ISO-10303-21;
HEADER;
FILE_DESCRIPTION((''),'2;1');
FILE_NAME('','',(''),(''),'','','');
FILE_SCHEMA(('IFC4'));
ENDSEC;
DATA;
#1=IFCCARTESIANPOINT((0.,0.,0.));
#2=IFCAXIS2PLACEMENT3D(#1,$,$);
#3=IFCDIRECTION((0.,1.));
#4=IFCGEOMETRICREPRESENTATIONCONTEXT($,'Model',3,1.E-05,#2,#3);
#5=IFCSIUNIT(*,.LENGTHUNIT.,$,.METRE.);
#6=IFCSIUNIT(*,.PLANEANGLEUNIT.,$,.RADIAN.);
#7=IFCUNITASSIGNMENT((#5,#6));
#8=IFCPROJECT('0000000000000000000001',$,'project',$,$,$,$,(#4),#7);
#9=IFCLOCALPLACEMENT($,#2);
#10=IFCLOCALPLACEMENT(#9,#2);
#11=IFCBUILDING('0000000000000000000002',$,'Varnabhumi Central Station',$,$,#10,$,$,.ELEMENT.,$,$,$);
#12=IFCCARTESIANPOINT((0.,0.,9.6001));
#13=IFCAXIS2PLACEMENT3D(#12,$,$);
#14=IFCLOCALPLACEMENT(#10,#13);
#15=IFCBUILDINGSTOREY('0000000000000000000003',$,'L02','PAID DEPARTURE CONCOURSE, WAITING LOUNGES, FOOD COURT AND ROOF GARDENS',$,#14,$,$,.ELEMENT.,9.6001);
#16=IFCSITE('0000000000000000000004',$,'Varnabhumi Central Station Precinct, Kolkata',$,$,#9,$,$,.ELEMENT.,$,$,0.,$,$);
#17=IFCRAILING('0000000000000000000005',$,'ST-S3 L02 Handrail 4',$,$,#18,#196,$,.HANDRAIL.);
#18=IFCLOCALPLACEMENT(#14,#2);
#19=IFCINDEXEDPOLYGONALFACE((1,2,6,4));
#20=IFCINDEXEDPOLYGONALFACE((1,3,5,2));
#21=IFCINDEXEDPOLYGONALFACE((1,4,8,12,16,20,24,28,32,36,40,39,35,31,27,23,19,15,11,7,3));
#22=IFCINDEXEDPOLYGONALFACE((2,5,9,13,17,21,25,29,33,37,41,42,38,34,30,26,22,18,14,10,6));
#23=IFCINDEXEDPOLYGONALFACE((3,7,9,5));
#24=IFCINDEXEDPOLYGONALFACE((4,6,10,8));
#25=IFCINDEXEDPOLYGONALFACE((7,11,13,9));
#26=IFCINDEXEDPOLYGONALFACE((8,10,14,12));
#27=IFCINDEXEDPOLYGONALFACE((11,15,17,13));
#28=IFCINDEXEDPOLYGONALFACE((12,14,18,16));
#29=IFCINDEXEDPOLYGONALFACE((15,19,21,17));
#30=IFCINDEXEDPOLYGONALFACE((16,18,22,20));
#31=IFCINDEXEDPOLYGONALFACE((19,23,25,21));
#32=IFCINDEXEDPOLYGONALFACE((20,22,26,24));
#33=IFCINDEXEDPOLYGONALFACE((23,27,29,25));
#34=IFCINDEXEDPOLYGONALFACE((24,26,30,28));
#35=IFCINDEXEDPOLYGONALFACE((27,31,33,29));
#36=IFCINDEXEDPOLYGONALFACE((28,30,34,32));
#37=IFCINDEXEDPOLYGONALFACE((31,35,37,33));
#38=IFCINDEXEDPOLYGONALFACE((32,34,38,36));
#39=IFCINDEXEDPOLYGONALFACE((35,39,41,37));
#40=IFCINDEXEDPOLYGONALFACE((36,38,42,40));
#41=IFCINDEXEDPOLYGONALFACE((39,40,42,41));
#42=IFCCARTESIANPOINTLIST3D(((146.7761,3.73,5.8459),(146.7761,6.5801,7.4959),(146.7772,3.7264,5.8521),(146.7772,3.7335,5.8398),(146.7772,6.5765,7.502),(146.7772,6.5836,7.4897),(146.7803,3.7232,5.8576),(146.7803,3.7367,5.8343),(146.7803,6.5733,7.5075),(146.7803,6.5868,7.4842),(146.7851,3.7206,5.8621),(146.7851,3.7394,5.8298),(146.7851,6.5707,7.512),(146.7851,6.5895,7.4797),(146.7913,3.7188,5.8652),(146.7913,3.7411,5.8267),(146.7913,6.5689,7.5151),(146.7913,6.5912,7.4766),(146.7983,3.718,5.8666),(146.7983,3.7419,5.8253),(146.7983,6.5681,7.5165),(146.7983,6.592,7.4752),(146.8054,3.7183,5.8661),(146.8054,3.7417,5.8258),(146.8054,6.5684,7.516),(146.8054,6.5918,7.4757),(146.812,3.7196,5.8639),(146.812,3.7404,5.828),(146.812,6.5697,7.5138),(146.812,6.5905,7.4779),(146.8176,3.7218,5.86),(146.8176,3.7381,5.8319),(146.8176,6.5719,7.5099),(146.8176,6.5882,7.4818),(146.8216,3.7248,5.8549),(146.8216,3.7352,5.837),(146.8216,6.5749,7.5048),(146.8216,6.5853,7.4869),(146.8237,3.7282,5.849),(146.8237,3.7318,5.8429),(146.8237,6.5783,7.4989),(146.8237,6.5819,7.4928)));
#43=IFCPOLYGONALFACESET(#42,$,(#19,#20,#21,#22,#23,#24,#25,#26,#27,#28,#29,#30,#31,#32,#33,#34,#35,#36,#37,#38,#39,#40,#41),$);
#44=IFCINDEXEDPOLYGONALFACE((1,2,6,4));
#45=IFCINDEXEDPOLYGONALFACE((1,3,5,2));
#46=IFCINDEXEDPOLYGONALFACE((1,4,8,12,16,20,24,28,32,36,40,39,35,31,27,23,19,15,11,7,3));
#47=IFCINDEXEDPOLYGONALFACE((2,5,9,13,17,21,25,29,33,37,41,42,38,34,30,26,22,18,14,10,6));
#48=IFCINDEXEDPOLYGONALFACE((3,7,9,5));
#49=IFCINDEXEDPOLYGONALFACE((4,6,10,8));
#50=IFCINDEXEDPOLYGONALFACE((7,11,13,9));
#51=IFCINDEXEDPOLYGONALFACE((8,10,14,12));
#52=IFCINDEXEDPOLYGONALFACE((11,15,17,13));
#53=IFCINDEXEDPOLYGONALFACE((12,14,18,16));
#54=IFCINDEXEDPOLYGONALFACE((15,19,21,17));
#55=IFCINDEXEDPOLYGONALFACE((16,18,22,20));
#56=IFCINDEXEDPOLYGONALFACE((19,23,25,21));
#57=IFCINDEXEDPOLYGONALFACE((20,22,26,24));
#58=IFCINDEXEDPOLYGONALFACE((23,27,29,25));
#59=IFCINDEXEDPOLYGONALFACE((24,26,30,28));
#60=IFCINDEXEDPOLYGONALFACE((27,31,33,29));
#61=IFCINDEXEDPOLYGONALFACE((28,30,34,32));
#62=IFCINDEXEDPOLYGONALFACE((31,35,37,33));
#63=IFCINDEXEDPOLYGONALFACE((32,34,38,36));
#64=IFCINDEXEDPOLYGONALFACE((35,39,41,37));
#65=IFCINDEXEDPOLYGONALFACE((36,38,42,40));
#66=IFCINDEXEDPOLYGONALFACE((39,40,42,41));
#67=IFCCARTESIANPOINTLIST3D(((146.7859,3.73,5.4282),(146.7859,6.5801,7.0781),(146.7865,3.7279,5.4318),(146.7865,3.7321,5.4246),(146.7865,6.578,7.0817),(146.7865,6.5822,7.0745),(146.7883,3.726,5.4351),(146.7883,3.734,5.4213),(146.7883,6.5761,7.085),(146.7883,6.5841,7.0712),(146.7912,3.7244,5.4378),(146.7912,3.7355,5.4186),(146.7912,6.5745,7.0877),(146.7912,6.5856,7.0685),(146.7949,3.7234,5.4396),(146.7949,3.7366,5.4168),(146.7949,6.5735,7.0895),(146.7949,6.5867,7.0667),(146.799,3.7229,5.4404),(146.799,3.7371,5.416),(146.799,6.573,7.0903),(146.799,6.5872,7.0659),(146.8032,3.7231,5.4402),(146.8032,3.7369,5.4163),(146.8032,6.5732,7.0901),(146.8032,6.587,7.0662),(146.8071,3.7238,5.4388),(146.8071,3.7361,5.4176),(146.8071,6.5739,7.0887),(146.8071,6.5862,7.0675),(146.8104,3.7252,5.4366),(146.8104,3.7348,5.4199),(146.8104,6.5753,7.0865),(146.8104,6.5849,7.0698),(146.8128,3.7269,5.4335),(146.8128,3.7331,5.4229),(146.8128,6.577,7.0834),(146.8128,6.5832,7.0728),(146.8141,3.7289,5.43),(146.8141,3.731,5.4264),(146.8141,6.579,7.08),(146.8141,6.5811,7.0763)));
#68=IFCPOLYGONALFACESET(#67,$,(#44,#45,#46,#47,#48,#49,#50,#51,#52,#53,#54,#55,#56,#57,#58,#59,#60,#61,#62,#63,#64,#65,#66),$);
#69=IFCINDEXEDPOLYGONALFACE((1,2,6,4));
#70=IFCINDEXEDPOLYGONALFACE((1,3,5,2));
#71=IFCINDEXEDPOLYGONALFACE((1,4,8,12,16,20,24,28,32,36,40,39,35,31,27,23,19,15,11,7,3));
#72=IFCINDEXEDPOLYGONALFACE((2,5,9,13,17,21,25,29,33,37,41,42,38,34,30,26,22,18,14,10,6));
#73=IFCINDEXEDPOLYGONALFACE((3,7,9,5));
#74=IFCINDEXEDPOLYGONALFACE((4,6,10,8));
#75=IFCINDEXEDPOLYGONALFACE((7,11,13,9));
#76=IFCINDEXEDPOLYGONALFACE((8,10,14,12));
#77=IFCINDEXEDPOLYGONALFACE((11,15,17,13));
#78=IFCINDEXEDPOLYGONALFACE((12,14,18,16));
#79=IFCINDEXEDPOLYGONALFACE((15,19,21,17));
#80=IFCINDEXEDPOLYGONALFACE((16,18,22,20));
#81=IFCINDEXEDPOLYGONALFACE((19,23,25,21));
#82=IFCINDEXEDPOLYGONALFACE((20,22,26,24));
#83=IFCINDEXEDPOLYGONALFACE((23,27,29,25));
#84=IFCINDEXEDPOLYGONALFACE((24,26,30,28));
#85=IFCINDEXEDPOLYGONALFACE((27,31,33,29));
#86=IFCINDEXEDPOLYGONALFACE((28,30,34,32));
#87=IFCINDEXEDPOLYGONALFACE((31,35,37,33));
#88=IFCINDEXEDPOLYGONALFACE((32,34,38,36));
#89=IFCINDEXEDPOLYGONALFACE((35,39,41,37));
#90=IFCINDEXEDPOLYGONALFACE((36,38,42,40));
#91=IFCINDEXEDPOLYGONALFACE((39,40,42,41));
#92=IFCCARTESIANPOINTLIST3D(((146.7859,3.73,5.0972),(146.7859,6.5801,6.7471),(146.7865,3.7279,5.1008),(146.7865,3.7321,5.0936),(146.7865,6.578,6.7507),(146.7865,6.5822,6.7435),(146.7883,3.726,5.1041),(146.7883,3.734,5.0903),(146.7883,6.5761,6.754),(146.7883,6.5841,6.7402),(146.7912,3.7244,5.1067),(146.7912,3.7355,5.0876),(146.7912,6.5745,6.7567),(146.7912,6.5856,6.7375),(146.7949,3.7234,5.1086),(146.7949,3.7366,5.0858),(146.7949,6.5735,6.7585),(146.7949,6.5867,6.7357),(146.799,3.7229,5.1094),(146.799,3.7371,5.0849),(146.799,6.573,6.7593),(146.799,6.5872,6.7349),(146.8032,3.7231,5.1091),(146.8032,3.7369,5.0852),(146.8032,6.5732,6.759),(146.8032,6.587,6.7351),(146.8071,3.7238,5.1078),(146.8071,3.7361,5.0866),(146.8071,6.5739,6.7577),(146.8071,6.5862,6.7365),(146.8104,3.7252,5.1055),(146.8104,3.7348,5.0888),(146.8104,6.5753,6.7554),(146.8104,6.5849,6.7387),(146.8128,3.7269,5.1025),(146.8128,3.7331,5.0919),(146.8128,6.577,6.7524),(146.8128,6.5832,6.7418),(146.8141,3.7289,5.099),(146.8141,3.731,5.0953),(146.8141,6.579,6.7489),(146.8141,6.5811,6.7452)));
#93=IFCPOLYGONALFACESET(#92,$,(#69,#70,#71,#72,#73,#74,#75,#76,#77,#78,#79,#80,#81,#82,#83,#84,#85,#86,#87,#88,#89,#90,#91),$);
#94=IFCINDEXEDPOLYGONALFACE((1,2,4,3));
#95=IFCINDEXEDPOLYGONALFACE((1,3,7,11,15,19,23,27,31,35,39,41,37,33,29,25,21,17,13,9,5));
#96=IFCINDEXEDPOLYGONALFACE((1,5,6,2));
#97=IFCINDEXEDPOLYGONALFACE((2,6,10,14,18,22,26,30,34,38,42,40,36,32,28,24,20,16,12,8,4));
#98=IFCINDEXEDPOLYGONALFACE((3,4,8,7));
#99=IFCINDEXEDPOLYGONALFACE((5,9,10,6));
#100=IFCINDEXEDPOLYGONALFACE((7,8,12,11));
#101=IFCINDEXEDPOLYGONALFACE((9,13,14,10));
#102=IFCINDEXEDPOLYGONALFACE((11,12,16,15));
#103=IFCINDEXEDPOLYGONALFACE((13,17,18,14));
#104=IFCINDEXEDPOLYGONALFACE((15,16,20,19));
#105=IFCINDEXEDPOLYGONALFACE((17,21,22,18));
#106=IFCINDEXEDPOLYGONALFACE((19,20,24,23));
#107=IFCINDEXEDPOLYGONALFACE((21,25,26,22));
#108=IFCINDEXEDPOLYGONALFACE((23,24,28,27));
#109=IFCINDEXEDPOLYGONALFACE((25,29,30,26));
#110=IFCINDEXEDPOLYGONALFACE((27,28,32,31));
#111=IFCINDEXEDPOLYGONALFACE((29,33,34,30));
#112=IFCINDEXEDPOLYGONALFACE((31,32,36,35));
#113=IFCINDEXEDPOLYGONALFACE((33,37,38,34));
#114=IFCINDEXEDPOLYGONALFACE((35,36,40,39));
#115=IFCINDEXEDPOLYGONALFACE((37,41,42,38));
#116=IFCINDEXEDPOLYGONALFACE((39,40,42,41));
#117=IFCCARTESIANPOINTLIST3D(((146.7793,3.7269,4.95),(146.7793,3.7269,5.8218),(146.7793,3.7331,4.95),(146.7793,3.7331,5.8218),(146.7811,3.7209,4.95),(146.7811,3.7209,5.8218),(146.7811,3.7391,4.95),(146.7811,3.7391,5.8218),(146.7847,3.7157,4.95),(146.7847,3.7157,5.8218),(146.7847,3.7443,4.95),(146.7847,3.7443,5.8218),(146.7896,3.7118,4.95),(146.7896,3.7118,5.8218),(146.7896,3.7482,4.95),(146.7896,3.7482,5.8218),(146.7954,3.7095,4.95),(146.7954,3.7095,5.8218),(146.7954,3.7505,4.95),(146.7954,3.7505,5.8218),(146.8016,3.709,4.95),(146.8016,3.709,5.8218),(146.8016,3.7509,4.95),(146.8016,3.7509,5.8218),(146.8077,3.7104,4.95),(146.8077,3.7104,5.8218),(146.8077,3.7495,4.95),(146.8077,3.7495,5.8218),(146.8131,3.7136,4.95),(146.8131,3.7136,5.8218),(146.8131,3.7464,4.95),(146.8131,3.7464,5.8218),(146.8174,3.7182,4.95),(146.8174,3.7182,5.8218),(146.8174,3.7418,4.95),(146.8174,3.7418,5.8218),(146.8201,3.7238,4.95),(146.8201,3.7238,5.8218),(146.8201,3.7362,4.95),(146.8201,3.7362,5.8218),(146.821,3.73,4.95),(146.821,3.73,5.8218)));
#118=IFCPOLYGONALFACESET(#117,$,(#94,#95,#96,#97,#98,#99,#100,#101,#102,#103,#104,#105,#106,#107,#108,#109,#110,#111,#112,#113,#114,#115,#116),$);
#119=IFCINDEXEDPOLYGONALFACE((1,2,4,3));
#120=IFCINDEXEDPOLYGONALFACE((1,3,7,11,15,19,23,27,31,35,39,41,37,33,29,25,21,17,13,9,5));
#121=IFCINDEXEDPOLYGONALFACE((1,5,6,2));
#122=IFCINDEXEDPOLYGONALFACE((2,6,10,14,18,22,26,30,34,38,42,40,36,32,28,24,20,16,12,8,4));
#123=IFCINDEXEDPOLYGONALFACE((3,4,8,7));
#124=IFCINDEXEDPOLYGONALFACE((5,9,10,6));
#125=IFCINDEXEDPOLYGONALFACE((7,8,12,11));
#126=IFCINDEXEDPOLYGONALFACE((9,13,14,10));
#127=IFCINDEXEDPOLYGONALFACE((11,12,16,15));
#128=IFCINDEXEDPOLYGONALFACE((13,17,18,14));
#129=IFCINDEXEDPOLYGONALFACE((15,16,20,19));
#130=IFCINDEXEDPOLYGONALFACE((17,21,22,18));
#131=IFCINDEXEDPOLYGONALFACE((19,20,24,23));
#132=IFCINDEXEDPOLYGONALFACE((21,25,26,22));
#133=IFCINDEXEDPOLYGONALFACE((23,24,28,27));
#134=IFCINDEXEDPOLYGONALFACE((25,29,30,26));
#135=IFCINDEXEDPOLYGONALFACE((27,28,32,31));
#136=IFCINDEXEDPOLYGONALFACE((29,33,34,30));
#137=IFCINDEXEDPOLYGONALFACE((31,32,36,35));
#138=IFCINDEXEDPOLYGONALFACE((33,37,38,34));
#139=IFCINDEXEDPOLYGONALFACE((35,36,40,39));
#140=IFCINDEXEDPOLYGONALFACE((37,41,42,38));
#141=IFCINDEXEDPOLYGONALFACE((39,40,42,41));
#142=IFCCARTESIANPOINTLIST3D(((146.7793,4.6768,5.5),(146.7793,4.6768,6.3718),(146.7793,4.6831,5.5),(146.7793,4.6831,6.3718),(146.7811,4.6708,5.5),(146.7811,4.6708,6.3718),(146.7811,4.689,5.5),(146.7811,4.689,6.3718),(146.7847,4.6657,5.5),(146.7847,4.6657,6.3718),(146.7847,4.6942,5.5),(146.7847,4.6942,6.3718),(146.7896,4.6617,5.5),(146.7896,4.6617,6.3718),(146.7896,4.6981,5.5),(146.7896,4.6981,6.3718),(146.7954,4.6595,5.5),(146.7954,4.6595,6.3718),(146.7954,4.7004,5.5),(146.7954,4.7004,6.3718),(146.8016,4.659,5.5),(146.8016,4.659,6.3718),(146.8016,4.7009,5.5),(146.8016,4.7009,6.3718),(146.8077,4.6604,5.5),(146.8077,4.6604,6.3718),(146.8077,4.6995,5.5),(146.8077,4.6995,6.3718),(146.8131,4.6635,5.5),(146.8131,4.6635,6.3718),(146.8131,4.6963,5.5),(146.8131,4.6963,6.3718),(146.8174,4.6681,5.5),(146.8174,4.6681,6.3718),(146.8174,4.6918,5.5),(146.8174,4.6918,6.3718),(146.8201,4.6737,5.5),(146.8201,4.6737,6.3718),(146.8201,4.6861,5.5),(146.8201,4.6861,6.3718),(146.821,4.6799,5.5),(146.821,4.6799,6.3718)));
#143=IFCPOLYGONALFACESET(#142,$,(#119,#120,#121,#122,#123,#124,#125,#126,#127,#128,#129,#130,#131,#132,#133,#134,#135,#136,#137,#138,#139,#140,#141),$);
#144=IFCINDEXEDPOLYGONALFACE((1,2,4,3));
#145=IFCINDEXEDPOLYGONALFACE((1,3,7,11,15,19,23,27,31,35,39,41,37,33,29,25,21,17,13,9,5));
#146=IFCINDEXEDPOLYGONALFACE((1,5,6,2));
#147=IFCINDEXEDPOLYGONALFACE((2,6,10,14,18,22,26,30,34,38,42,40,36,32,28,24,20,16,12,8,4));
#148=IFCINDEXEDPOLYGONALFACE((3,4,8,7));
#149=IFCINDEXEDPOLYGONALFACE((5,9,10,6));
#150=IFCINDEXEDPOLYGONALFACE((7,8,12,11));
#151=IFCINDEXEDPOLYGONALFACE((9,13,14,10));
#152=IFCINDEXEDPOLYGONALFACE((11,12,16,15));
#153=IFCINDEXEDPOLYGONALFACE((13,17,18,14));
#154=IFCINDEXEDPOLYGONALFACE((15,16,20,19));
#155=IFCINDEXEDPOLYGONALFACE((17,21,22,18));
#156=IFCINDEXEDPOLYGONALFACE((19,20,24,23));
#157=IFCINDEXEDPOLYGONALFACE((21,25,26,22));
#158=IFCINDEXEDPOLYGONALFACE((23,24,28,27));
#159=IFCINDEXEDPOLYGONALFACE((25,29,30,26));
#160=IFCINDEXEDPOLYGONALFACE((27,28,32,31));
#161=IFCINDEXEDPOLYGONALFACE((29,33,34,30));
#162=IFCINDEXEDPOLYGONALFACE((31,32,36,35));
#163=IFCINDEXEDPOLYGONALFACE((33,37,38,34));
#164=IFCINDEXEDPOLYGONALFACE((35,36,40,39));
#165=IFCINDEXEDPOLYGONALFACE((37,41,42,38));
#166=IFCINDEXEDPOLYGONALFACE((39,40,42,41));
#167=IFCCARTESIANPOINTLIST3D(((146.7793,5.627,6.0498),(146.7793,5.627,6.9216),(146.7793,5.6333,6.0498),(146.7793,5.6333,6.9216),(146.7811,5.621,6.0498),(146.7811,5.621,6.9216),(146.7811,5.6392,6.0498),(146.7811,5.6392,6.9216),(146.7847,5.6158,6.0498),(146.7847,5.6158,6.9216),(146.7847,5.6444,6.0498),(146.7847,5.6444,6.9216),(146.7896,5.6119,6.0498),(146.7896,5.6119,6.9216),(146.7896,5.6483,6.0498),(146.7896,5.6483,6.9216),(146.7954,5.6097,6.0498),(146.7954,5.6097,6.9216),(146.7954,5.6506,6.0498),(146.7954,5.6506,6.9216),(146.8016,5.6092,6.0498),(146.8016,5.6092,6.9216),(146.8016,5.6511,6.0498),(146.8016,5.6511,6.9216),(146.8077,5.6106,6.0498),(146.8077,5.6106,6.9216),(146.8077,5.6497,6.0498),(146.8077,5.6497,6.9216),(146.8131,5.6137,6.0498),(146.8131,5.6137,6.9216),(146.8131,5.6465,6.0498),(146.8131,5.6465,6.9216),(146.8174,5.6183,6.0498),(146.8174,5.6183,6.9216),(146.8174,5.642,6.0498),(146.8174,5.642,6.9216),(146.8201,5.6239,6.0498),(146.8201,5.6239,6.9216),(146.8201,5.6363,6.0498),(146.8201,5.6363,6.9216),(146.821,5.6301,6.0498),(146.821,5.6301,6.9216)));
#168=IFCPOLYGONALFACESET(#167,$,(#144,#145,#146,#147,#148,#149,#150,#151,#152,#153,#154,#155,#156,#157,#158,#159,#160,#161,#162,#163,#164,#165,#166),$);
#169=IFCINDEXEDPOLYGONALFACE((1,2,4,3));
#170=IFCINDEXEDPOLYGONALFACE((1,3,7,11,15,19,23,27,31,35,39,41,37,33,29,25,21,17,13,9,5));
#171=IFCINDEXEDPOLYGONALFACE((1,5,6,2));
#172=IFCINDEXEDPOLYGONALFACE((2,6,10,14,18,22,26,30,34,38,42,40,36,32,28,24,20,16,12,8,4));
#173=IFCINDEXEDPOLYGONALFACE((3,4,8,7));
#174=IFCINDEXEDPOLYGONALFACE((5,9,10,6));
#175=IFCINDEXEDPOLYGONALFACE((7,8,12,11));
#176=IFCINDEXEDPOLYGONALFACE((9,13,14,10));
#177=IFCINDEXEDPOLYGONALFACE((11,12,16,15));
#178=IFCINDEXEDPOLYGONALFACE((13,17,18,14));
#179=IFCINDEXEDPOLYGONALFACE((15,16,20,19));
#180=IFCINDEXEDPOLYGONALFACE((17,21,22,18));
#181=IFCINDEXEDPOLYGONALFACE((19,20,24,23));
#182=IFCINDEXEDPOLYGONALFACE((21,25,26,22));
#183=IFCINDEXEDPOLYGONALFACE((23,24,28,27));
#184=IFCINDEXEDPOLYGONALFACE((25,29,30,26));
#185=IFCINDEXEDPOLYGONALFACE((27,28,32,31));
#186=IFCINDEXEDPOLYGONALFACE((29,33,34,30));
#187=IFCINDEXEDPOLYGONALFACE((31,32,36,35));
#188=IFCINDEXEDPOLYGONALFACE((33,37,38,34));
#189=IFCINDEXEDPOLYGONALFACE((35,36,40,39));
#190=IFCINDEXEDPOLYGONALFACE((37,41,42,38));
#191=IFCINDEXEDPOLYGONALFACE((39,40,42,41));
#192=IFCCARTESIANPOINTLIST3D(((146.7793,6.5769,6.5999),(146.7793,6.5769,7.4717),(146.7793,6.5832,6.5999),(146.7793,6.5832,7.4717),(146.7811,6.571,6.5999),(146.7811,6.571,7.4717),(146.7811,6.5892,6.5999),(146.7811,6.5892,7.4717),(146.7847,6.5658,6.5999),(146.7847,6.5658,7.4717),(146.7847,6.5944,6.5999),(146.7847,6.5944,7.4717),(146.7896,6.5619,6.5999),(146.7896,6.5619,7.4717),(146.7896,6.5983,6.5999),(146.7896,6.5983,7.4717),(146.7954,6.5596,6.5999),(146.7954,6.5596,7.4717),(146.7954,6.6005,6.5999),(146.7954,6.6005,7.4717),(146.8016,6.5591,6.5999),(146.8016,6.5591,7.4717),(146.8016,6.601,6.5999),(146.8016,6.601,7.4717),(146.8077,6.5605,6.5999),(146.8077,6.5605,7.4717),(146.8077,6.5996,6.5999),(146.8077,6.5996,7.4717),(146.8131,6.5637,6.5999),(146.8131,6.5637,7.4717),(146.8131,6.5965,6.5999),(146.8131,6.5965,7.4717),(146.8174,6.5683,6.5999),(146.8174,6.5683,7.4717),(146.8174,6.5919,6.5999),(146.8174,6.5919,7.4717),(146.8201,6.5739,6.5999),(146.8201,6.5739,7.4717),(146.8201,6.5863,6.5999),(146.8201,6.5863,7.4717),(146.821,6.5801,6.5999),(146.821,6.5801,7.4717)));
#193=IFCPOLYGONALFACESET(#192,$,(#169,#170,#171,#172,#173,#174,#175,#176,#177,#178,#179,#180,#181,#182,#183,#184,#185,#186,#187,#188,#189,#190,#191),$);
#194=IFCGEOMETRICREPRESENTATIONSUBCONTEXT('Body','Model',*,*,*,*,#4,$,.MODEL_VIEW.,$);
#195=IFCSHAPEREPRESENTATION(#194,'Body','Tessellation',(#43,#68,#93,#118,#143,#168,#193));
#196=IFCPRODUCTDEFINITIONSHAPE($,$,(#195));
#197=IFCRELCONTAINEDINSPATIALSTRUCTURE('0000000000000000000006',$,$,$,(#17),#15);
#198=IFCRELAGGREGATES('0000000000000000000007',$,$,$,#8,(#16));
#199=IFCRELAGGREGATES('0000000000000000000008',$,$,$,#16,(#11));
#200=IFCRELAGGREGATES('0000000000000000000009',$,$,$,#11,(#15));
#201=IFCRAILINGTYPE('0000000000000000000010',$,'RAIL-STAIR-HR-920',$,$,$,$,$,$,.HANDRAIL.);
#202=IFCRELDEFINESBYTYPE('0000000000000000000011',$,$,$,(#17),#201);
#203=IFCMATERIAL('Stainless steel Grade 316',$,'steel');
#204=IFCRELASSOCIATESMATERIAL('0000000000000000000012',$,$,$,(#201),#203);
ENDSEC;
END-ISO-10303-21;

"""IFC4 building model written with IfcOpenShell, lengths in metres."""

from ifc_helpers import new_model, si_unit, direction, frame, origin, origin_2d, place, context, subcontext, project, spatial, circle, extrude, material, type_object, element, save


model = new_model("IFC4")

# Units and contexts
model_context = context("Model", 3, precision=1e-05, world=origin(), true_north=direction((0.0, 1.0)))
body_context = subcontext(model_context, "Body", "Model", "MODEL_VIEW")
ifc_project = project(units=[si_unit("LENGTHUNIT", "METRE"), si_unit("PLANEANGLEUNIT", "RADIAN")], contexts=[model_context])

# Site, building, storey
site_placement = place(None, origin())
site = spatial("IfcSite", under=ifc_project, at=site_placement, Name="Varnabhumi Central Station Precinct, Kolkata", CompositionType="ELEMENT", RefElevation=0.0)
building_placement = place(site_placement, origin())
building = spatial("IfcBuilding", under=site, at=building_placement, Name="Varnabhumi Central Station", CompositionType="ELEMENT")
storey_placement = place(building_placement, frame((0.0, 0.0, 9.6001)))
storey = spatial("IfcBuildingStorey", under=building, at=storey_placement, Name="L02", Description="PAID DEPARTURE CONCOURSE, WAITING LOUNGES, FOOD COURT AND ROOF GARDENS", CompositionType="ELEMENT", Elevation=9.6001)

# Shared definitions
ifc_material_1 = material(Name="Stainless steel Grade 316", Category="steel")

# Railing
railing_type_1 = type_object("IfcRailingType", Name="RAIL-STAIR-HR-920", PredefinedType="HANDRAIL", material=ifc_material_1)
for number, where, name in (
    (1, (146.8, 3.73, 4.95), "ST-S3 L02 Handrail 4"),
):
    element("IfcRailing", number, at=place(storey_placement, frame(where)), inside=storey, type_object=railing_type_1, Name=name, PredefinedType="HANDRAIL", context=body_context, shape_type="SweptSolid", body=[
        extrude(circle(Radius=0.0239, at=origin_2d()), frame((0.0, 0.0, 0.896), z_axis=(0.0, 0.865447, 0.501001), x_axis=(-1.0, 0.0, 0.0)), (0.0, 0.0, 1.0), 3.2932),
        extrude(circle(Radius=0.0142, at=origin_2d()), frame((0.0, 0.0, 0.4783), z_axis=(0.0, 0.865447, 0.501001), x_axis=(-1.0, 0.0, 0.0)), (0.0, 0.0, 1.0), 3.2932),
        extrude(circle(Radius=0.0142, at=origin_2d()), frame((0.0, 0.0, 0.1472), z_axis=(0.0, 0.865447, 0.501001), x_axis=(-1.0, 0.0, 0.0)), (0.0, 0.0, 1.0), 3.2932),
        extrude(circle(Radius=0.021, at=origin_2d()), origin(), (0.0, 0.0, 1.0), 0.8718),
        extrude(circle(Radius=0.021, at=origin_2d()), frame((0.0, 0.95, 0.55)), (0.0, 0.0, 1.0), 0.8718),
        extrude(circle(Radius=0.021, at=origin_2d()), frame((0.0, 1.9001, 1.0999)), (0.0, 0.0, 1.0), 0.8718),
        extrude(circle(Radius=0.021, at=origin_2d()), frame((0.0, 2.8501, 1.6499)), (0.0, 0.0, 1.0), 0.8718),
    ])

save(model, "model.ifc")
